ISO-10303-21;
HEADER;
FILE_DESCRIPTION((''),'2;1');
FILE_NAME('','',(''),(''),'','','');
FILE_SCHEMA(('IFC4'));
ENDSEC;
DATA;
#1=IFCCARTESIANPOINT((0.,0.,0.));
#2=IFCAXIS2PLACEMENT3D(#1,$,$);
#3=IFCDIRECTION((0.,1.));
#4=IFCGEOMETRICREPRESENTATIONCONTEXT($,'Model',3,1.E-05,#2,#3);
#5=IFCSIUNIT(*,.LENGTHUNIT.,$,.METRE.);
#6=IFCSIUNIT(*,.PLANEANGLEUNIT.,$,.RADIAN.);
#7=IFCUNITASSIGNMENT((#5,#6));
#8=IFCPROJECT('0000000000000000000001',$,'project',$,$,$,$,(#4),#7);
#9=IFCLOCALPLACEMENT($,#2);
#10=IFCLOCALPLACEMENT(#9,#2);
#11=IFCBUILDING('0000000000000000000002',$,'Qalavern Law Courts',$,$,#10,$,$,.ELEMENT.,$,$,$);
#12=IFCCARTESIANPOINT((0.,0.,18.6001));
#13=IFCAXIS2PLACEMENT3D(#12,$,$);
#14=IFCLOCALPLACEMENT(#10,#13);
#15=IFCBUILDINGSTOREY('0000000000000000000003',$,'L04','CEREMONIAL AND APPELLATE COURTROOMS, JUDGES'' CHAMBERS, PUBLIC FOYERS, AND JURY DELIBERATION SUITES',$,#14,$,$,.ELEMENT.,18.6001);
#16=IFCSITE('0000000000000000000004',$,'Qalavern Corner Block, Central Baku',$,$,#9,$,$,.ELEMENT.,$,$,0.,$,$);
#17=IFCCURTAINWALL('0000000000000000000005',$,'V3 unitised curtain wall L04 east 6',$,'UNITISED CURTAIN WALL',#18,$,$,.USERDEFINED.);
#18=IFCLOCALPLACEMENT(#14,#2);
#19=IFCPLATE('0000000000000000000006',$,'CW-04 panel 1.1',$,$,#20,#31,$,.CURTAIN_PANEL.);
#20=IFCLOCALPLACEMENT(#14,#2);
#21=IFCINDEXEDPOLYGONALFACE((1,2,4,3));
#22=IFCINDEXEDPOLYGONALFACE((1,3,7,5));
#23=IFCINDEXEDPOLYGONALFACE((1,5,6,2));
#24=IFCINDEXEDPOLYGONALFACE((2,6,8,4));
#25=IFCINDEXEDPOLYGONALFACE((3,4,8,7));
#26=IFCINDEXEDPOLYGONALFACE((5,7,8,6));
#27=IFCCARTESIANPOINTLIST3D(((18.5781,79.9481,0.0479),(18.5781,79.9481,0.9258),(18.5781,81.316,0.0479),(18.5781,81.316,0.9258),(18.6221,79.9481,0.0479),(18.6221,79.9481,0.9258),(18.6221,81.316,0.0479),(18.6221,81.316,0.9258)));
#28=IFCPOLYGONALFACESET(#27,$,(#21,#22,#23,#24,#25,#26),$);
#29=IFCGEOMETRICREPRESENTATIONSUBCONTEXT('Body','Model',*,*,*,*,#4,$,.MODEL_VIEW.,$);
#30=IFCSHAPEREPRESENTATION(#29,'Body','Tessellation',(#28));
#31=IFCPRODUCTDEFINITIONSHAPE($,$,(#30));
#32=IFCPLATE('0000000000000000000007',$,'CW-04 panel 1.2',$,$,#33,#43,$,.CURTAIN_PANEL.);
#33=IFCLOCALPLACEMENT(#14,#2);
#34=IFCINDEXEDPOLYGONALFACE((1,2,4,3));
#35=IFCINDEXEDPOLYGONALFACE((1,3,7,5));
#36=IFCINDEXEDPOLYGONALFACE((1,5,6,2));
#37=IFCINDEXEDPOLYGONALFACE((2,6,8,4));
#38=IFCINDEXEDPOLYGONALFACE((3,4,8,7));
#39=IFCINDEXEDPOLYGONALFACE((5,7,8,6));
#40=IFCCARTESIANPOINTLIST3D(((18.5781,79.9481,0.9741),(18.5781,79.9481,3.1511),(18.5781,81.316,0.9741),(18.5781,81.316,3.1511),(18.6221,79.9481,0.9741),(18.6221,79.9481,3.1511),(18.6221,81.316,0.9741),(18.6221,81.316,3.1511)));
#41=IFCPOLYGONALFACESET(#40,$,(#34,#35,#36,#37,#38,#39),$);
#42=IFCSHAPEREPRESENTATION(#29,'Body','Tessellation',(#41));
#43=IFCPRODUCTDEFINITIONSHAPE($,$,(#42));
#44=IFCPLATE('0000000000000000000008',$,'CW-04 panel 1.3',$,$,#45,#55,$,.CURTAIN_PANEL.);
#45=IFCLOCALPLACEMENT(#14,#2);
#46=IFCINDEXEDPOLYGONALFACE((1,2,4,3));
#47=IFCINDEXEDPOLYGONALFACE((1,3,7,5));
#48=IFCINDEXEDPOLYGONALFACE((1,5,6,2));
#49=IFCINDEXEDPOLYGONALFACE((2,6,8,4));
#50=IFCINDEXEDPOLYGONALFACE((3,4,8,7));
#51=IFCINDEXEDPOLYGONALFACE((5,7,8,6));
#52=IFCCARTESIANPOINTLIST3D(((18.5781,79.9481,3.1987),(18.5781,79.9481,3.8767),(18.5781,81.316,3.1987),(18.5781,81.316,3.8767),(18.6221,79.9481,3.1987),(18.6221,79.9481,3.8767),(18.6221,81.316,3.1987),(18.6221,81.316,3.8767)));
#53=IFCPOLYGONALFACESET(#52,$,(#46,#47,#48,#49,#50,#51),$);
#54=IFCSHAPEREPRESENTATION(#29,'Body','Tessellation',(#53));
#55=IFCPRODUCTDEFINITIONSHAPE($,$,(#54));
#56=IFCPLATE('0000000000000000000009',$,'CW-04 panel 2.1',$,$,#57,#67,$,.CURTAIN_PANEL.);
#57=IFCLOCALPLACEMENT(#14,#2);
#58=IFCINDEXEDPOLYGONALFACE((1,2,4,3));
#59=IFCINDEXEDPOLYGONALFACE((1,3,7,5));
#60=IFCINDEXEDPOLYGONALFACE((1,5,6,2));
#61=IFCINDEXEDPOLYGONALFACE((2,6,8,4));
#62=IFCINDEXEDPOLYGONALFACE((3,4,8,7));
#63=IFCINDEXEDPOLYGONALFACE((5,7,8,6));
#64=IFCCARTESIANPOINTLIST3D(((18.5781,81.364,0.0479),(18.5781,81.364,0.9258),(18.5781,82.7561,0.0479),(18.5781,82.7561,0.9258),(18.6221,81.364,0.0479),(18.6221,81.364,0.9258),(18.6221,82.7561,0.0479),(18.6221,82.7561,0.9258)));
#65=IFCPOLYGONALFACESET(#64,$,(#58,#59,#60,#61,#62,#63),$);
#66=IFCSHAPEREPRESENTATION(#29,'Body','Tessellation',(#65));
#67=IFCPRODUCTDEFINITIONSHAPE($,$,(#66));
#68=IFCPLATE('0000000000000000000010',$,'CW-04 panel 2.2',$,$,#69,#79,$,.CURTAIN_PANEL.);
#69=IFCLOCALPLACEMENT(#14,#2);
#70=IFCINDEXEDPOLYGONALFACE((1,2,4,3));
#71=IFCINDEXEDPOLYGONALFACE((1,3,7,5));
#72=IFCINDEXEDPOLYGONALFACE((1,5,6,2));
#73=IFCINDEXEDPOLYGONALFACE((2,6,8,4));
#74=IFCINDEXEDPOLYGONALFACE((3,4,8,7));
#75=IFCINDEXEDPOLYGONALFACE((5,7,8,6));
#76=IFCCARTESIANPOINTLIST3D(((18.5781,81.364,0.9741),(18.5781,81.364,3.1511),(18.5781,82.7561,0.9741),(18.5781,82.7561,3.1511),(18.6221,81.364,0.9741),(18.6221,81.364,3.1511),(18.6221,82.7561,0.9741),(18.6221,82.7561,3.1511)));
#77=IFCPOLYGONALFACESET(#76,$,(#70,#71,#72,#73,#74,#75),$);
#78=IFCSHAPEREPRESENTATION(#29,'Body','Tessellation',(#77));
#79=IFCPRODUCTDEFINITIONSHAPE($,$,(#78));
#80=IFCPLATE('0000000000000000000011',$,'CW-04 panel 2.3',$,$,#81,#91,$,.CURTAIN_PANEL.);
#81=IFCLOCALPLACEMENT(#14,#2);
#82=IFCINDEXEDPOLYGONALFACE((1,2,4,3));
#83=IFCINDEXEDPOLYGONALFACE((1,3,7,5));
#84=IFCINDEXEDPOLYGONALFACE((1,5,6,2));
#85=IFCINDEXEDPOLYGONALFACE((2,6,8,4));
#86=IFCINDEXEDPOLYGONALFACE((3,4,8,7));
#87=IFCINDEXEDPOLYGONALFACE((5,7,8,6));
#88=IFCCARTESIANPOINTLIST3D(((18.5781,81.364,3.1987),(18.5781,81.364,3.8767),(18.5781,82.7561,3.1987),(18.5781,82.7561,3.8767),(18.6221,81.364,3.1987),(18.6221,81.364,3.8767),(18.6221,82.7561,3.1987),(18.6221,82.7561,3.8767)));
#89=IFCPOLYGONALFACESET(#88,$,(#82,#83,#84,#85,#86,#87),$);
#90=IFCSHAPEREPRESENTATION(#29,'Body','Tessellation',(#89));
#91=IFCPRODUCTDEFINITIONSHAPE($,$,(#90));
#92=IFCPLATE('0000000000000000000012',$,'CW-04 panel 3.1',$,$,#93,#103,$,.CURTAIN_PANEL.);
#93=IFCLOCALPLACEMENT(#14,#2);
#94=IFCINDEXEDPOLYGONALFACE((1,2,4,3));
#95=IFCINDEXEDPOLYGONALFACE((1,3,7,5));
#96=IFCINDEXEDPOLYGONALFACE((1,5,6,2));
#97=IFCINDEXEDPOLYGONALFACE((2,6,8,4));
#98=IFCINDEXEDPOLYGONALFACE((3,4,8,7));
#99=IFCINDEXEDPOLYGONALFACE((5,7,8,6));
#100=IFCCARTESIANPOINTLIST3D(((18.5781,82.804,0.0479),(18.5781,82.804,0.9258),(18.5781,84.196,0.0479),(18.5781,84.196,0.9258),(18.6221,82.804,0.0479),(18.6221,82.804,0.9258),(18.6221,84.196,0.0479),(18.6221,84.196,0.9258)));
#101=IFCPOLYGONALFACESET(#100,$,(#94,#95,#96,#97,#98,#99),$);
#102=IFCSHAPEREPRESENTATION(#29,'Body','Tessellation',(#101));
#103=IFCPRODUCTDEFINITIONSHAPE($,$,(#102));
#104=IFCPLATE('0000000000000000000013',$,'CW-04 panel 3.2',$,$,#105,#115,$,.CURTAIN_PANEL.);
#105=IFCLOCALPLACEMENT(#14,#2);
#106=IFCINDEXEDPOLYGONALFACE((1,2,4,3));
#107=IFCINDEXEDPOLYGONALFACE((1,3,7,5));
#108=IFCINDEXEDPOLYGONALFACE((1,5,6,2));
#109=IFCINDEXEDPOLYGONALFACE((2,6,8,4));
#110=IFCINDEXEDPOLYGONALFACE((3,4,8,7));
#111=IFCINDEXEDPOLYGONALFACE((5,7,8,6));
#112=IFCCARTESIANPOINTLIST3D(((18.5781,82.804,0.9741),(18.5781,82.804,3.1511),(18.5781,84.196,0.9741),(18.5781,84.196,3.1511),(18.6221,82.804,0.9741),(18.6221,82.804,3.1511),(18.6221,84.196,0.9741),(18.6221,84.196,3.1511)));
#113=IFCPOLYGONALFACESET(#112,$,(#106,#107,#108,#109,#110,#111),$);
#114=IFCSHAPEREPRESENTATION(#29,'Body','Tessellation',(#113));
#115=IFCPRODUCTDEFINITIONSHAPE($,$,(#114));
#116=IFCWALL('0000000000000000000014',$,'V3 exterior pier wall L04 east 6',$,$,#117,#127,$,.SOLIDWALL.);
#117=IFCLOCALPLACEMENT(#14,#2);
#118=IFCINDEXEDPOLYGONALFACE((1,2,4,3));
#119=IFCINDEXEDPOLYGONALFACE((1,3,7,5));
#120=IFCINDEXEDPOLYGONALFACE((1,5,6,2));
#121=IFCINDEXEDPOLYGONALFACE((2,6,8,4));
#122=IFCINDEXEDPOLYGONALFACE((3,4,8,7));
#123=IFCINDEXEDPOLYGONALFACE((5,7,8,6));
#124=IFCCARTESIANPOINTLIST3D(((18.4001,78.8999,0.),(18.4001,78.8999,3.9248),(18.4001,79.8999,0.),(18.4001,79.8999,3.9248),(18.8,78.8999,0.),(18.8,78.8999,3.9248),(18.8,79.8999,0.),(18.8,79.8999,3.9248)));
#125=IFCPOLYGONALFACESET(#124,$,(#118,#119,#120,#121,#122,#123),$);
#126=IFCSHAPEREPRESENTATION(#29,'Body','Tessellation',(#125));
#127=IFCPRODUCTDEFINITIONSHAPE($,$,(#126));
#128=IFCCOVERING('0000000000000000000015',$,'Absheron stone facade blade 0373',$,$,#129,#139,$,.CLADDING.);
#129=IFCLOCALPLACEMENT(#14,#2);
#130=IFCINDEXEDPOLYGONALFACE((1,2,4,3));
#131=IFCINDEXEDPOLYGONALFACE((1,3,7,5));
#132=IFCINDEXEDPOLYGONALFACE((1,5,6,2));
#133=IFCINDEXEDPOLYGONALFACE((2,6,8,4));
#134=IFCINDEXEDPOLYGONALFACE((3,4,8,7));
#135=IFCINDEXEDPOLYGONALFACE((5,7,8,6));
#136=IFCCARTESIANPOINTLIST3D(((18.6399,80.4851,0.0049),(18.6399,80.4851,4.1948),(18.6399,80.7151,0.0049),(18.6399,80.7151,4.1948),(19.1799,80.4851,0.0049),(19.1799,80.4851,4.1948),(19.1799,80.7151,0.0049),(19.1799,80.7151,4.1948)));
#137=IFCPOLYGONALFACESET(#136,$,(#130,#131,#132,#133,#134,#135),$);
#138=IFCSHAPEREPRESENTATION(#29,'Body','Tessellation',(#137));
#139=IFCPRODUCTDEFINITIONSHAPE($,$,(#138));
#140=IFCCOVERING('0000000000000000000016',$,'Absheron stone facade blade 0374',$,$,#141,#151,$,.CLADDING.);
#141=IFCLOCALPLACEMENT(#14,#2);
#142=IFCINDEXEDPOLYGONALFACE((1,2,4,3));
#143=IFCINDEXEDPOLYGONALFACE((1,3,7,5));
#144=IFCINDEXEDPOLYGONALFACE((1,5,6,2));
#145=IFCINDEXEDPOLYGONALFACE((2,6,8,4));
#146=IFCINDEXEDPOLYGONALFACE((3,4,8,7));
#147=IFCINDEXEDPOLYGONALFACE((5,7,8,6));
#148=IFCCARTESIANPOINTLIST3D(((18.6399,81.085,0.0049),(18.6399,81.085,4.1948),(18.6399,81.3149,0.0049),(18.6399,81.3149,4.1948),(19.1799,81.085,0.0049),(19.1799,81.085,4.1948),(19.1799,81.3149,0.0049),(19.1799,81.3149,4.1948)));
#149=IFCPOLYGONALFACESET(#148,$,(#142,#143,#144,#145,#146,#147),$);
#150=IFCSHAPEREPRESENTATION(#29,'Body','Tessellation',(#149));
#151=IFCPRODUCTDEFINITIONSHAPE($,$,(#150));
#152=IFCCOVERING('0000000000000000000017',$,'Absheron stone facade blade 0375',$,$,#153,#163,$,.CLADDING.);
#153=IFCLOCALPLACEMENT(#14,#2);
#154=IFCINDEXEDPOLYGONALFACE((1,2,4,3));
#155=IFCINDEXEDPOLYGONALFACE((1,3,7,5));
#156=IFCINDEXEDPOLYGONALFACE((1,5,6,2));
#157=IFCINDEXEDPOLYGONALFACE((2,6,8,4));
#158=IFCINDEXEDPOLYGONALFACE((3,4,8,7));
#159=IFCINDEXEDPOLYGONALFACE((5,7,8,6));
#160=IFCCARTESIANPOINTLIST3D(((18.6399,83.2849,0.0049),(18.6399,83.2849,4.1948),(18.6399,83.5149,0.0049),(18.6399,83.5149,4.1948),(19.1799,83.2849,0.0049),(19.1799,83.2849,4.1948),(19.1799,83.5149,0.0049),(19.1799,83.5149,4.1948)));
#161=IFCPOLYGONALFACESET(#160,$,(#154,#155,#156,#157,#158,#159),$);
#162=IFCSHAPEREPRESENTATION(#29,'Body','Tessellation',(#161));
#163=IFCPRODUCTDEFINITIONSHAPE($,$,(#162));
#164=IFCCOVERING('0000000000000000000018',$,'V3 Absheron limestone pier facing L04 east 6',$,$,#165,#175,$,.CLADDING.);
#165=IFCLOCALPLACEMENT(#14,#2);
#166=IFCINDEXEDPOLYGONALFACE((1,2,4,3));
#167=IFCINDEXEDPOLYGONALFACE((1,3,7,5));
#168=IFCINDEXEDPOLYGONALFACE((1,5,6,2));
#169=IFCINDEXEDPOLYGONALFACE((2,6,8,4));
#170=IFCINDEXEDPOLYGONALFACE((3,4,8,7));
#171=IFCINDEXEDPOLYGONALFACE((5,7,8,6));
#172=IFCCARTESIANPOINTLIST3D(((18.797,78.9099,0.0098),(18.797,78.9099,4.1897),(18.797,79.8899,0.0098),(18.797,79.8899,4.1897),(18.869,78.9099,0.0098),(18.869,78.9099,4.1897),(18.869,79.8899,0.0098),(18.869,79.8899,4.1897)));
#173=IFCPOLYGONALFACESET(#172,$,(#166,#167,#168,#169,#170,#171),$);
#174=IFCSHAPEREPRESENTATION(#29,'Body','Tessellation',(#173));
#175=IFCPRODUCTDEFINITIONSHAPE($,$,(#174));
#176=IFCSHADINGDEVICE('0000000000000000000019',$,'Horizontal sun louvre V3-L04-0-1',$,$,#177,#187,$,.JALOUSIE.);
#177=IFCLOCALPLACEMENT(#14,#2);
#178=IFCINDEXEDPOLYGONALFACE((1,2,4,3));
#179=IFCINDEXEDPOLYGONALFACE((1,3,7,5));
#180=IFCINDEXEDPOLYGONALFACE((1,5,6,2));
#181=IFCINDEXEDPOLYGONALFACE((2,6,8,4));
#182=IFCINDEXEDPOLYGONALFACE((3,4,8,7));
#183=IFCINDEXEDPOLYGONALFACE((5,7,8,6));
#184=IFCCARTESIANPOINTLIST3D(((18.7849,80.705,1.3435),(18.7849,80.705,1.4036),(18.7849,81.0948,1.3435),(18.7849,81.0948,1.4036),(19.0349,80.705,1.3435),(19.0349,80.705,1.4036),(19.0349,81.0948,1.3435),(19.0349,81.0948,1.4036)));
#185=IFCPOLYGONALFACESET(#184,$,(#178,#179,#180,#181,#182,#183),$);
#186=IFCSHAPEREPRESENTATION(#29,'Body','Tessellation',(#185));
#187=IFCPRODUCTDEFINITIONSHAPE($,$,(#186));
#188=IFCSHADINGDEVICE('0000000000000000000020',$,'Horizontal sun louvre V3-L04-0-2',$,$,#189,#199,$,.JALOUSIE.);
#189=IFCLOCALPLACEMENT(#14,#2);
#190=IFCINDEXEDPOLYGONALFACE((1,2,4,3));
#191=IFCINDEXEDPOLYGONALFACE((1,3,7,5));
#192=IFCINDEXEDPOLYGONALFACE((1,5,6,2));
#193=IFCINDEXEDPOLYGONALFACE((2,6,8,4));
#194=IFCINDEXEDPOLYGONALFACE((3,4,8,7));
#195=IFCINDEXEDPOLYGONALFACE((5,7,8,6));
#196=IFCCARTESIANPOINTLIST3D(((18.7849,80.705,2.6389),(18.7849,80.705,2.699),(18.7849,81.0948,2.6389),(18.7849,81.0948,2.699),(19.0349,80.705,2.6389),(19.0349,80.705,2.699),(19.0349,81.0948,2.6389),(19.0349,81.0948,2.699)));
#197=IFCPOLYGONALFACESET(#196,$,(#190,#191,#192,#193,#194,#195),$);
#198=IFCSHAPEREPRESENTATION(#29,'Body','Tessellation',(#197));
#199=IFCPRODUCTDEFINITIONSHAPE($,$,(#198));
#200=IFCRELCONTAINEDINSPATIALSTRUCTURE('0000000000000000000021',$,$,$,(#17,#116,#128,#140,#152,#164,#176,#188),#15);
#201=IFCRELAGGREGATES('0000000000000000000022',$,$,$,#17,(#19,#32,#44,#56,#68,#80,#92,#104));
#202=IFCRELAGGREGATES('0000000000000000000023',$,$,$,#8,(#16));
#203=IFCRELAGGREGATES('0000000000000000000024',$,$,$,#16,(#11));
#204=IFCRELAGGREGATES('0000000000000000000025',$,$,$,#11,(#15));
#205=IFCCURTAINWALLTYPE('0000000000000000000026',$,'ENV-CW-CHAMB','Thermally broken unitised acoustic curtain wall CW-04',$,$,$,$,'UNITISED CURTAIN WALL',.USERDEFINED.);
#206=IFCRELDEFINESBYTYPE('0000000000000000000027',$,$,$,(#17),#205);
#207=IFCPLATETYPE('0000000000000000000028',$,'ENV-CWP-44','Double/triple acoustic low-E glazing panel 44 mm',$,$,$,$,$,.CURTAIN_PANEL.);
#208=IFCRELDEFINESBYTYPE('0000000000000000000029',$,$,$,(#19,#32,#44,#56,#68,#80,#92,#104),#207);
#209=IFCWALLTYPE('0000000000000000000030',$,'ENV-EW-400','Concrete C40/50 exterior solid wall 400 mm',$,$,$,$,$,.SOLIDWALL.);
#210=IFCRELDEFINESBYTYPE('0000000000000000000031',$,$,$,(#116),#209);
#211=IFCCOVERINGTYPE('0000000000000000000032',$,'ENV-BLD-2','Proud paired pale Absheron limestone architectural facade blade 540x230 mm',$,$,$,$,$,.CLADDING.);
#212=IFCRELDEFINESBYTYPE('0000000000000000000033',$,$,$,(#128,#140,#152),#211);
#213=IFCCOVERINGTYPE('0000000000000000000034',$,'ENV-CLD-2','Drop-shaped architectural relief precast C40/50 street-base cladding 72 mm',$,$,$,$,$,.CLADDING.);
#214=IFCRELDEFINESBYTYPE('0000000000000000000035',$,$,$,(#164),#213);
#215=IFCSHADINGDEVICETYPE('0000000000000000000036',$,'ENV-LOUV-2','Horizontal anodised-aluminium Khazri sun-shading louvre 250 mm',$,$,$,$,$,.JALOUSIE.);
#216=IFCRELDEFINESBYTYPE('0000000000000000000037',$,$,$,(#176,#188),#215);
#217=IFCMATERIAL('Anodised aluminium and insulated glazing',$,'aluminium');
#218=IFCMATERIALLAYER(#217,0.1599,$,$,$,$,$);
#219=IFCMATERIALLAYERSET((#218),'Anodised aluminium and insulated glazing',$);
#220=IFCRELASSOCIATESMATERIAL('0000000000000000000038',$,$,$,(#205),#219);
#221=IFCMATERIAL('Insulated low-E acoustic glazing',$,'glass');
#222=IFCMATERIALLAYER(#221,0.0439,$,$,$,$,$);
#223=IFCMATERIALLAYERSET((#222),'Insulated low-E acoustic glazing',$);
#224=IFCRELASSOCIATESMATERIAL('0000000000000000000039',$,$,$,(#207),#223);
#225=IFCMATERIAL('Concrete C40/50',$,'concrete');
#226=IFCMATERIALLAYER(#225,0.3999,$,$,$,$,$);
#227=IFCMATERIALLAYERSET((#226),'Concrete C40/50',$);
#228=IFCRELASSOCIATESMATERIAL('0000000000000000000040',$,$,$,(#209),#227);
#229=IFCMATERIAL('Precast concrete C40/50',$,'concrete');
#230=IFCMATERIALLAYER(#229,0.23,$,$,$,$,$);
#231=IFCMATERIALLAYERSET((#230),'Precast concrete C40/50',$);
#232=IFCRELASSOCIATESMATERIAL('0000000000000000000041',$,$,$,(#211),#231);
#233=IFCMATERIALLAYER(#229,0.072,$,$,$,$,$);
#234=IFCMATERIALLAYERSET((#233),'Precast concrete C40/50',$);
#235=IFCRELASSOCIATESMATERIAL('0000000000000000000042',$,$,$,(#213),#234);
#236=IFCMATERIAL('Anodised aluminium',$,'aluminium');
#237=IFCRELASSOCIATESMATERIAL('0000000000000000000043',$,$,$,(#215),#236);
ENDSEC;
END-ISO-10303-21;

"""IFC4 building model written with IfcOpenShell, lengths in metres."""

from ifc_helpers import new_model, si_unit, direction, frame, frame_2d, origin, origin_2d, place, context, subcontext, project, spatial, rectangle, extrude, material, layer, layer_set, type_object, element, aggregate, save


model = new_model("IFC4")

# Units and contexts
model_context = context("Model", 3, precision=1e-05, world=origin(), true_north=direction((0.0, 1.0)))
body_context = subcontext(model_context, "Body", "Model", "MODEL_VIEW")
ifc_project = project(units=[si_unit("LENGTHUNIT", "METRE"), si_unit("PLANEANGLEUNIT", "RADIAN")], contexts=[model_context])

# Site, building, storey
site_placement = place(None, origin())
site = spatial("IfcSite", under=ifc_project, at=site_placement, Name="Qalavern Corner Block, Central Baku", CompositionType="ELEMENT", RefElevation=0.0)
building_placement = place(site_placement, origin())
building = spatial("IfcBuilding", under=site, at=building_placement, Name="Qalavern Law Courts", CompositionType="ELEMENT")
storey_placement = place(building_placement, frame((0.0, 0.0, 18.6001)))
storey = spatial("IfcBuildingStorey", under=building, at=storey_placement, Name="L04", Description="CEREMONIAL AND APPELLATE COURTROOMS, JUDGES' CHAMBERS, PUBLIC FOYERS, AND JURY DELIBERATION SUITES", CompositionType="ELEMENT", Elevation=18.6001)

# Curtain wall
ifc_material_1 = material(Name="Anodised aluminium and insulated glazing", Category="aluminium")
ifc_layer_1 = layer(ifc_material_1, 0.1599)
ifc_layer_set_1 = layer_set([ifc_layer_1], Name="Anodised aluminium and insulated glazing")
curtain_wall_type = type_object("IfcCurtainWallType", Name="ENV-CW-CHAMB", Description="Thermally broken unitised acoustic curtain wall CW-04", ElementType="UNITISED CURTAIN WALL", PredefinedType="USERDEFINED", material=ifc_layer_set_1)
curtain_wall_placement = place(storey_placement, origin())
curtain_wall = element("IfcCurtainWall", 1, at=curtain_wall_placement, inside=storey, type_object=curtain_wall_type, Name="V3 unitised curtain wall L04 east 6", ObjectType="UNITISED CURTAIN WALL", PredefinedType="USERDEFINED")
ifc_material_2 = material(Name="Anodised aluminium", Category="aluminium")

# Plates
ifc_material_3 = material(Name="Insulated low-E acoustic glazing", Category="glass")
ifc_layer_2 = layer(ifc_material_3, 0.0439)
ifc_layer_set_2 = layer_set([ifc_layer_2], Name="Insulated low-E acoustic glazing")
plate_type = type_object("IfcPlateType", Name="ENV-CWP-44", Description="Double/triple acoustic low-E glazing panel 44 mm", PredefinedType="CURTAIN_PANEL", material=ifc_layer_set_2)
plate_1_placement = place(storey_placement, frame((18.6001, 80.6321, 0.0479), z_axis=(0.0, 0.0, 1.0), x_axis=(0.0, 1.0, 0.0)))
plate_1 = element("IfcPlate", 2, at=plate_1_placement, type_object=plate_type, Name="CW-04 panel 1.1", PredefinedType="CURTAIN_PANEL", context=body_context, shape_type="SweptSolid", body=[
    extrude(rectangle(XDim=1.3679, YDim=0.0439, at=origin_2d()), origin(), (0.0, 0.0, 1.0), 0.8779),
])
plate_2_placement = place(storey_placement, frame((18.6001, 80.6321, 0.9741), z_axis=(0.0, 0.0, 1.0), x_axis=(0.0, 1.0, 0.0)))
plate_2 = element("IfcPlate", 3, at=plate_2_placement, type_object=plate_type, Name="CW-04 panel 1.2", PredefinedType="CURTAIN_PANEL", context=body_context, shape_type="SweptSolid", body=[
    extrude(rectangle(XDim=1.3679, YDim=0.0439, at=origin_2d()), origin(), (0.0, 0.0, 1.0), 2.177),
])
plate_3_placement = place(storey_placement, frame((18.6001, 80.6321, 3.1987), z_axis=(0.0, 0.0, 1.0), x_axis=(0.0, 1.0, 0.0)))
plate_3 = element("IfcPlate", 4, at=plate_3_placement, type_object=plate_type, Name="CW-04 panel 1.3", PredefinedType="CURTAIN_PANEL", context=body_context, shape_type="SweptSolid", body=[
    extrude(rectangle(XDim=1.3679, YDim=0.0439, at=origin_2d()), origin(), (0.0, 0.0, 1.0), 0.678),
])
plate_4_placement = place(storey_placement, frame((18.6001, 82.0601, 0.0479), z_axis=(0.0, 0.0, 1.0), x_axis=(0.0, 1.0, 0.0)))
plate_4 = element("IfcPlate", 5, at=plate_4_placement, type_object=plate_type, Name="CW-04 panel 2.1", PredefinedType="CURTAIN_PANEL", context=body_context, shape_type="SweptSolid", body=[
    extrude(rectangle(XDim=1.3921, YDim=0.0439, at=origin_2d()), origin(), (0.0, 0.0, 1.0), 0.8779),
])
plate_5_placement = place(storey_placement, frame((18.6001, 82.0601, 0.9741), z_axis=(0.0, 0.0, 1.0), x_axis=(0.0, 1.0, 0.0)))
plate_5 = element("IfcPlate", 6, at=plate_5_placement, type_object=plate_type, Name="CW-04 panel 2.2", PredefinedType="CURTAIN_PANEL", context=body_context, shape_type="SweptSolid", body=[
    extrude(rectangle(XDim=1.3921, YDim=0.0439, at=origin_2d()), origin(), (0.0, 0.0, 1.0), 2.177),
])
plate_6_placement = place(storey_placement, frame((18.6001, 82.0601, 3.1987), z_axis=(0.0, 0.0, 1.0), x_axis=(0.0, 1.0, 0.0)))
plate_6 = element("IfcPlate", 7, at=plate_6_placement, type_object=plate_type, Name="CW-04 panel 2.3", PredefinedType="CURTAIN_PANEL", context=body_context, shape_type="SweptSolid", body=[
    extrude(rectangle(XDim=1.3921, YDim=0.0439, at=origin_2d()), origin(), (0.0, 0.0, 1.0), 0.678),
])
plate_7_placement = place(storey_placement, frame((18.6001, 83.5, 0.0479), z_axis=(0.0, 0.0, 1.0), x_axis=(0.0, 1.0, 0.0)))
plate_7 = element("IfcPlate", 8, at=plate_7_placement, type_object=plate_type, Name="CW-04 panel 3.1", PredefinedType="CURTAIN_PANEL", context=body_context, shape_type="SweptSolid", body=[
    extrude(rectangle(XDim=1.3921, YDim=0.0439, at=origin_2d()), origin(), (0.0, 0.0, 1.0), 0.8779),
])
plate_8_placement = place(storey_placement, frame((18.6001, 83.5, 0.9741), z_axis=(0.0, 0.0, 1.0), x_axis=(0.0, 1.0, 0.0)))
plate_8 = element("IfcPlate", 9, at=plate_8_placement, type_object=plate_type, Name="CW-04 panel 3.2", PredefinedType="CURTAIN_PANEL", context=body_context, shape_type="SweptSolid", body=[
    extrude(rectangle(XDim=1.3921, YDim=0.0439, at=origin_2d()), origin(), (0.0, 0.0, 1.0), 2.177),
])
aggregate(curtain_wall, [plate_1, plate_2, plate_3, plate_4, plate_5, plate_6, plate_7, plate_8])

# Wall
ifc_material_4 = material(Name="Concrete C40/50", Category="concrete")
ifc_layer_3 = layer(ifc_material_4, 0.3999)
ifc_layer_set_3 = layer_set([ifc_layer_3], Name="Concrete C40/50")
wall_type = type_object("IfcWallType", Name="ENV-EW-400", Description="Concrete C40/50 exterior solid wall 400 mm", PredefinedType="SOLIDWALL", material=ifc_layer_set_3)
wall_placement = place(storey_placement, frame((18.6001, 78.8999, 0.0), z_axis=(0.0, 0.0, 1.0), x_axis=(0.0, 1.0, 0.0)))
element("IfcWall", 10, at=wall_placement, inside=storey, type_object=wall_type, Name="V3 exterior pier wall L04 east 6", PredefinedType="SOLIDWALL", context=body_context, shape_type="SweptSolid", body=[
    extrude(rectangle(XDim=1.0, YDim=0.3999, at=frame_2d((0.5, 0.0))), origin(), (0.0, 0.0, 1.0), 3.9248),
])

# Coverings
ifc_material_5 = material(Name="Precast concrete C40/50", Category="concrete")
ifc_layer_4 = layer(ifc_material_5, 0.23)
ifc_layer_set_4 = layer_set([ifc_layer_4], Name="Precast concrete C40/50")
covering_type_1 = type_object("IfcCoveringType", Name="ENV-BLD-2", Description="Proud paired pale Absheron limestone architectural facade blade 540x230 mm", PredefinedType="CLADDING", material=ifc_layer_set_4)
for number, where, z_axis, x_axis, name in (
    (11, (18.9099, 80.6001, 0.0049), (0.0, 0.0, 1.0), (1.0, 0.0, 0.0), "Absheron stone facade blade 0373"),
    (12, (18.9099, 81.2, 0.0049), (0.0, 0.0, 1.0), (1.0, 0.0, 0.0), "Absheron stone facade blade 0374"),
    (13, (18.9099, 83.3999, 0.0049), (0.0, 0.0, 1.0), (1.0, 0.0, 0.0), "Absheron stone facade blade 0375"),
):
    element("IfcCovering", number, at=place(storey_placement, frame(where, z_axis=z_axis, x_axis=x_axis)), inside=storey, type_object=covering_type_1, Name=name, PredefinedType="CLADDING", context=body_context, shape_type="SweptSolid", body=[
        extrude(rectangle(XDim=0.54, YDim=0.23, at=origin_2d()), origin(), (0.0, 0.0, 1.0), 4.1899),
    ])
ifc_layer_5 = layer(ifc_material_5, 0.072)
ifc_layer_set_5 = layer_set([ifc_layer_5], Name="Precast concrete C40/50")
covering_type_2 = type_object("IfcCoveringType", Name="ENV-CLD-2", Description="Drop-shaped architectural relief precast C40/50 street-base cladding 72 mm", PredefinedType="CLADDING", material=ifc_layer_set_5)
covering_placement = place(storey_placement, frame((18.833, 79.3999, 0.0098), z_axis=(0.0, 0.0, 1.0), x_axis=(0.0, 1.0, 0.0)))
element("IfcCovering", 14, at=covering_placement, inside=storey, type_object=covering_type_2, Name="V3 Absheron limestone pier facing L04 east 6", PredefinedType="CLADDING", context=body_context, shape_type="SweptSolid", body=[
    extrude(rectangle(XDim=0.98, YDim=0.072, at=origin_2d()), origin(), (0.0, 0.0, 1.0), 4.1799),
])

# Shading devices
shading_device_type = type_object("IfcShadingDeviceType", Name="ENV-LOUV-2", Description="Horizontal anodised-aluminium Khazri sun-shading louvre 250 mm", PredefinedType="JALOUSIE", material=ifc_material_2)
for number, where, z_axis, x_axis, name in (
    (15, (18.9099, 80.8999, 1.3435), (0.0, 0.0, 1.0), (0.0, 1.0, 0.0), "Horizontal sun louvre V3-L04-0-1"),
    (16, (18.9099, 80.8999, 2.6389), (0.0, 0.0, 1.0), (0.0, 1.0, 0.0), "Horizontal sun louvre V3-L04-0-2"),
):
    element("IfcShadingDevice", number, at=place(storey_placement, frame(where, z_axis=z_axis, x_axis=x_axis)), inside=storey, type_object=shading_device_type, Name=name, PredefinedType="JALOUSIE", context=body_context, shape_type="SweptSolid", body=[
        extrude(rectangle(XDim=0.3899, YDim=0.25, at=origin_2d()), origin(), (0.0, 0.0, 1.0), 0.0601),
    ])

save(model, "model.ifc")
